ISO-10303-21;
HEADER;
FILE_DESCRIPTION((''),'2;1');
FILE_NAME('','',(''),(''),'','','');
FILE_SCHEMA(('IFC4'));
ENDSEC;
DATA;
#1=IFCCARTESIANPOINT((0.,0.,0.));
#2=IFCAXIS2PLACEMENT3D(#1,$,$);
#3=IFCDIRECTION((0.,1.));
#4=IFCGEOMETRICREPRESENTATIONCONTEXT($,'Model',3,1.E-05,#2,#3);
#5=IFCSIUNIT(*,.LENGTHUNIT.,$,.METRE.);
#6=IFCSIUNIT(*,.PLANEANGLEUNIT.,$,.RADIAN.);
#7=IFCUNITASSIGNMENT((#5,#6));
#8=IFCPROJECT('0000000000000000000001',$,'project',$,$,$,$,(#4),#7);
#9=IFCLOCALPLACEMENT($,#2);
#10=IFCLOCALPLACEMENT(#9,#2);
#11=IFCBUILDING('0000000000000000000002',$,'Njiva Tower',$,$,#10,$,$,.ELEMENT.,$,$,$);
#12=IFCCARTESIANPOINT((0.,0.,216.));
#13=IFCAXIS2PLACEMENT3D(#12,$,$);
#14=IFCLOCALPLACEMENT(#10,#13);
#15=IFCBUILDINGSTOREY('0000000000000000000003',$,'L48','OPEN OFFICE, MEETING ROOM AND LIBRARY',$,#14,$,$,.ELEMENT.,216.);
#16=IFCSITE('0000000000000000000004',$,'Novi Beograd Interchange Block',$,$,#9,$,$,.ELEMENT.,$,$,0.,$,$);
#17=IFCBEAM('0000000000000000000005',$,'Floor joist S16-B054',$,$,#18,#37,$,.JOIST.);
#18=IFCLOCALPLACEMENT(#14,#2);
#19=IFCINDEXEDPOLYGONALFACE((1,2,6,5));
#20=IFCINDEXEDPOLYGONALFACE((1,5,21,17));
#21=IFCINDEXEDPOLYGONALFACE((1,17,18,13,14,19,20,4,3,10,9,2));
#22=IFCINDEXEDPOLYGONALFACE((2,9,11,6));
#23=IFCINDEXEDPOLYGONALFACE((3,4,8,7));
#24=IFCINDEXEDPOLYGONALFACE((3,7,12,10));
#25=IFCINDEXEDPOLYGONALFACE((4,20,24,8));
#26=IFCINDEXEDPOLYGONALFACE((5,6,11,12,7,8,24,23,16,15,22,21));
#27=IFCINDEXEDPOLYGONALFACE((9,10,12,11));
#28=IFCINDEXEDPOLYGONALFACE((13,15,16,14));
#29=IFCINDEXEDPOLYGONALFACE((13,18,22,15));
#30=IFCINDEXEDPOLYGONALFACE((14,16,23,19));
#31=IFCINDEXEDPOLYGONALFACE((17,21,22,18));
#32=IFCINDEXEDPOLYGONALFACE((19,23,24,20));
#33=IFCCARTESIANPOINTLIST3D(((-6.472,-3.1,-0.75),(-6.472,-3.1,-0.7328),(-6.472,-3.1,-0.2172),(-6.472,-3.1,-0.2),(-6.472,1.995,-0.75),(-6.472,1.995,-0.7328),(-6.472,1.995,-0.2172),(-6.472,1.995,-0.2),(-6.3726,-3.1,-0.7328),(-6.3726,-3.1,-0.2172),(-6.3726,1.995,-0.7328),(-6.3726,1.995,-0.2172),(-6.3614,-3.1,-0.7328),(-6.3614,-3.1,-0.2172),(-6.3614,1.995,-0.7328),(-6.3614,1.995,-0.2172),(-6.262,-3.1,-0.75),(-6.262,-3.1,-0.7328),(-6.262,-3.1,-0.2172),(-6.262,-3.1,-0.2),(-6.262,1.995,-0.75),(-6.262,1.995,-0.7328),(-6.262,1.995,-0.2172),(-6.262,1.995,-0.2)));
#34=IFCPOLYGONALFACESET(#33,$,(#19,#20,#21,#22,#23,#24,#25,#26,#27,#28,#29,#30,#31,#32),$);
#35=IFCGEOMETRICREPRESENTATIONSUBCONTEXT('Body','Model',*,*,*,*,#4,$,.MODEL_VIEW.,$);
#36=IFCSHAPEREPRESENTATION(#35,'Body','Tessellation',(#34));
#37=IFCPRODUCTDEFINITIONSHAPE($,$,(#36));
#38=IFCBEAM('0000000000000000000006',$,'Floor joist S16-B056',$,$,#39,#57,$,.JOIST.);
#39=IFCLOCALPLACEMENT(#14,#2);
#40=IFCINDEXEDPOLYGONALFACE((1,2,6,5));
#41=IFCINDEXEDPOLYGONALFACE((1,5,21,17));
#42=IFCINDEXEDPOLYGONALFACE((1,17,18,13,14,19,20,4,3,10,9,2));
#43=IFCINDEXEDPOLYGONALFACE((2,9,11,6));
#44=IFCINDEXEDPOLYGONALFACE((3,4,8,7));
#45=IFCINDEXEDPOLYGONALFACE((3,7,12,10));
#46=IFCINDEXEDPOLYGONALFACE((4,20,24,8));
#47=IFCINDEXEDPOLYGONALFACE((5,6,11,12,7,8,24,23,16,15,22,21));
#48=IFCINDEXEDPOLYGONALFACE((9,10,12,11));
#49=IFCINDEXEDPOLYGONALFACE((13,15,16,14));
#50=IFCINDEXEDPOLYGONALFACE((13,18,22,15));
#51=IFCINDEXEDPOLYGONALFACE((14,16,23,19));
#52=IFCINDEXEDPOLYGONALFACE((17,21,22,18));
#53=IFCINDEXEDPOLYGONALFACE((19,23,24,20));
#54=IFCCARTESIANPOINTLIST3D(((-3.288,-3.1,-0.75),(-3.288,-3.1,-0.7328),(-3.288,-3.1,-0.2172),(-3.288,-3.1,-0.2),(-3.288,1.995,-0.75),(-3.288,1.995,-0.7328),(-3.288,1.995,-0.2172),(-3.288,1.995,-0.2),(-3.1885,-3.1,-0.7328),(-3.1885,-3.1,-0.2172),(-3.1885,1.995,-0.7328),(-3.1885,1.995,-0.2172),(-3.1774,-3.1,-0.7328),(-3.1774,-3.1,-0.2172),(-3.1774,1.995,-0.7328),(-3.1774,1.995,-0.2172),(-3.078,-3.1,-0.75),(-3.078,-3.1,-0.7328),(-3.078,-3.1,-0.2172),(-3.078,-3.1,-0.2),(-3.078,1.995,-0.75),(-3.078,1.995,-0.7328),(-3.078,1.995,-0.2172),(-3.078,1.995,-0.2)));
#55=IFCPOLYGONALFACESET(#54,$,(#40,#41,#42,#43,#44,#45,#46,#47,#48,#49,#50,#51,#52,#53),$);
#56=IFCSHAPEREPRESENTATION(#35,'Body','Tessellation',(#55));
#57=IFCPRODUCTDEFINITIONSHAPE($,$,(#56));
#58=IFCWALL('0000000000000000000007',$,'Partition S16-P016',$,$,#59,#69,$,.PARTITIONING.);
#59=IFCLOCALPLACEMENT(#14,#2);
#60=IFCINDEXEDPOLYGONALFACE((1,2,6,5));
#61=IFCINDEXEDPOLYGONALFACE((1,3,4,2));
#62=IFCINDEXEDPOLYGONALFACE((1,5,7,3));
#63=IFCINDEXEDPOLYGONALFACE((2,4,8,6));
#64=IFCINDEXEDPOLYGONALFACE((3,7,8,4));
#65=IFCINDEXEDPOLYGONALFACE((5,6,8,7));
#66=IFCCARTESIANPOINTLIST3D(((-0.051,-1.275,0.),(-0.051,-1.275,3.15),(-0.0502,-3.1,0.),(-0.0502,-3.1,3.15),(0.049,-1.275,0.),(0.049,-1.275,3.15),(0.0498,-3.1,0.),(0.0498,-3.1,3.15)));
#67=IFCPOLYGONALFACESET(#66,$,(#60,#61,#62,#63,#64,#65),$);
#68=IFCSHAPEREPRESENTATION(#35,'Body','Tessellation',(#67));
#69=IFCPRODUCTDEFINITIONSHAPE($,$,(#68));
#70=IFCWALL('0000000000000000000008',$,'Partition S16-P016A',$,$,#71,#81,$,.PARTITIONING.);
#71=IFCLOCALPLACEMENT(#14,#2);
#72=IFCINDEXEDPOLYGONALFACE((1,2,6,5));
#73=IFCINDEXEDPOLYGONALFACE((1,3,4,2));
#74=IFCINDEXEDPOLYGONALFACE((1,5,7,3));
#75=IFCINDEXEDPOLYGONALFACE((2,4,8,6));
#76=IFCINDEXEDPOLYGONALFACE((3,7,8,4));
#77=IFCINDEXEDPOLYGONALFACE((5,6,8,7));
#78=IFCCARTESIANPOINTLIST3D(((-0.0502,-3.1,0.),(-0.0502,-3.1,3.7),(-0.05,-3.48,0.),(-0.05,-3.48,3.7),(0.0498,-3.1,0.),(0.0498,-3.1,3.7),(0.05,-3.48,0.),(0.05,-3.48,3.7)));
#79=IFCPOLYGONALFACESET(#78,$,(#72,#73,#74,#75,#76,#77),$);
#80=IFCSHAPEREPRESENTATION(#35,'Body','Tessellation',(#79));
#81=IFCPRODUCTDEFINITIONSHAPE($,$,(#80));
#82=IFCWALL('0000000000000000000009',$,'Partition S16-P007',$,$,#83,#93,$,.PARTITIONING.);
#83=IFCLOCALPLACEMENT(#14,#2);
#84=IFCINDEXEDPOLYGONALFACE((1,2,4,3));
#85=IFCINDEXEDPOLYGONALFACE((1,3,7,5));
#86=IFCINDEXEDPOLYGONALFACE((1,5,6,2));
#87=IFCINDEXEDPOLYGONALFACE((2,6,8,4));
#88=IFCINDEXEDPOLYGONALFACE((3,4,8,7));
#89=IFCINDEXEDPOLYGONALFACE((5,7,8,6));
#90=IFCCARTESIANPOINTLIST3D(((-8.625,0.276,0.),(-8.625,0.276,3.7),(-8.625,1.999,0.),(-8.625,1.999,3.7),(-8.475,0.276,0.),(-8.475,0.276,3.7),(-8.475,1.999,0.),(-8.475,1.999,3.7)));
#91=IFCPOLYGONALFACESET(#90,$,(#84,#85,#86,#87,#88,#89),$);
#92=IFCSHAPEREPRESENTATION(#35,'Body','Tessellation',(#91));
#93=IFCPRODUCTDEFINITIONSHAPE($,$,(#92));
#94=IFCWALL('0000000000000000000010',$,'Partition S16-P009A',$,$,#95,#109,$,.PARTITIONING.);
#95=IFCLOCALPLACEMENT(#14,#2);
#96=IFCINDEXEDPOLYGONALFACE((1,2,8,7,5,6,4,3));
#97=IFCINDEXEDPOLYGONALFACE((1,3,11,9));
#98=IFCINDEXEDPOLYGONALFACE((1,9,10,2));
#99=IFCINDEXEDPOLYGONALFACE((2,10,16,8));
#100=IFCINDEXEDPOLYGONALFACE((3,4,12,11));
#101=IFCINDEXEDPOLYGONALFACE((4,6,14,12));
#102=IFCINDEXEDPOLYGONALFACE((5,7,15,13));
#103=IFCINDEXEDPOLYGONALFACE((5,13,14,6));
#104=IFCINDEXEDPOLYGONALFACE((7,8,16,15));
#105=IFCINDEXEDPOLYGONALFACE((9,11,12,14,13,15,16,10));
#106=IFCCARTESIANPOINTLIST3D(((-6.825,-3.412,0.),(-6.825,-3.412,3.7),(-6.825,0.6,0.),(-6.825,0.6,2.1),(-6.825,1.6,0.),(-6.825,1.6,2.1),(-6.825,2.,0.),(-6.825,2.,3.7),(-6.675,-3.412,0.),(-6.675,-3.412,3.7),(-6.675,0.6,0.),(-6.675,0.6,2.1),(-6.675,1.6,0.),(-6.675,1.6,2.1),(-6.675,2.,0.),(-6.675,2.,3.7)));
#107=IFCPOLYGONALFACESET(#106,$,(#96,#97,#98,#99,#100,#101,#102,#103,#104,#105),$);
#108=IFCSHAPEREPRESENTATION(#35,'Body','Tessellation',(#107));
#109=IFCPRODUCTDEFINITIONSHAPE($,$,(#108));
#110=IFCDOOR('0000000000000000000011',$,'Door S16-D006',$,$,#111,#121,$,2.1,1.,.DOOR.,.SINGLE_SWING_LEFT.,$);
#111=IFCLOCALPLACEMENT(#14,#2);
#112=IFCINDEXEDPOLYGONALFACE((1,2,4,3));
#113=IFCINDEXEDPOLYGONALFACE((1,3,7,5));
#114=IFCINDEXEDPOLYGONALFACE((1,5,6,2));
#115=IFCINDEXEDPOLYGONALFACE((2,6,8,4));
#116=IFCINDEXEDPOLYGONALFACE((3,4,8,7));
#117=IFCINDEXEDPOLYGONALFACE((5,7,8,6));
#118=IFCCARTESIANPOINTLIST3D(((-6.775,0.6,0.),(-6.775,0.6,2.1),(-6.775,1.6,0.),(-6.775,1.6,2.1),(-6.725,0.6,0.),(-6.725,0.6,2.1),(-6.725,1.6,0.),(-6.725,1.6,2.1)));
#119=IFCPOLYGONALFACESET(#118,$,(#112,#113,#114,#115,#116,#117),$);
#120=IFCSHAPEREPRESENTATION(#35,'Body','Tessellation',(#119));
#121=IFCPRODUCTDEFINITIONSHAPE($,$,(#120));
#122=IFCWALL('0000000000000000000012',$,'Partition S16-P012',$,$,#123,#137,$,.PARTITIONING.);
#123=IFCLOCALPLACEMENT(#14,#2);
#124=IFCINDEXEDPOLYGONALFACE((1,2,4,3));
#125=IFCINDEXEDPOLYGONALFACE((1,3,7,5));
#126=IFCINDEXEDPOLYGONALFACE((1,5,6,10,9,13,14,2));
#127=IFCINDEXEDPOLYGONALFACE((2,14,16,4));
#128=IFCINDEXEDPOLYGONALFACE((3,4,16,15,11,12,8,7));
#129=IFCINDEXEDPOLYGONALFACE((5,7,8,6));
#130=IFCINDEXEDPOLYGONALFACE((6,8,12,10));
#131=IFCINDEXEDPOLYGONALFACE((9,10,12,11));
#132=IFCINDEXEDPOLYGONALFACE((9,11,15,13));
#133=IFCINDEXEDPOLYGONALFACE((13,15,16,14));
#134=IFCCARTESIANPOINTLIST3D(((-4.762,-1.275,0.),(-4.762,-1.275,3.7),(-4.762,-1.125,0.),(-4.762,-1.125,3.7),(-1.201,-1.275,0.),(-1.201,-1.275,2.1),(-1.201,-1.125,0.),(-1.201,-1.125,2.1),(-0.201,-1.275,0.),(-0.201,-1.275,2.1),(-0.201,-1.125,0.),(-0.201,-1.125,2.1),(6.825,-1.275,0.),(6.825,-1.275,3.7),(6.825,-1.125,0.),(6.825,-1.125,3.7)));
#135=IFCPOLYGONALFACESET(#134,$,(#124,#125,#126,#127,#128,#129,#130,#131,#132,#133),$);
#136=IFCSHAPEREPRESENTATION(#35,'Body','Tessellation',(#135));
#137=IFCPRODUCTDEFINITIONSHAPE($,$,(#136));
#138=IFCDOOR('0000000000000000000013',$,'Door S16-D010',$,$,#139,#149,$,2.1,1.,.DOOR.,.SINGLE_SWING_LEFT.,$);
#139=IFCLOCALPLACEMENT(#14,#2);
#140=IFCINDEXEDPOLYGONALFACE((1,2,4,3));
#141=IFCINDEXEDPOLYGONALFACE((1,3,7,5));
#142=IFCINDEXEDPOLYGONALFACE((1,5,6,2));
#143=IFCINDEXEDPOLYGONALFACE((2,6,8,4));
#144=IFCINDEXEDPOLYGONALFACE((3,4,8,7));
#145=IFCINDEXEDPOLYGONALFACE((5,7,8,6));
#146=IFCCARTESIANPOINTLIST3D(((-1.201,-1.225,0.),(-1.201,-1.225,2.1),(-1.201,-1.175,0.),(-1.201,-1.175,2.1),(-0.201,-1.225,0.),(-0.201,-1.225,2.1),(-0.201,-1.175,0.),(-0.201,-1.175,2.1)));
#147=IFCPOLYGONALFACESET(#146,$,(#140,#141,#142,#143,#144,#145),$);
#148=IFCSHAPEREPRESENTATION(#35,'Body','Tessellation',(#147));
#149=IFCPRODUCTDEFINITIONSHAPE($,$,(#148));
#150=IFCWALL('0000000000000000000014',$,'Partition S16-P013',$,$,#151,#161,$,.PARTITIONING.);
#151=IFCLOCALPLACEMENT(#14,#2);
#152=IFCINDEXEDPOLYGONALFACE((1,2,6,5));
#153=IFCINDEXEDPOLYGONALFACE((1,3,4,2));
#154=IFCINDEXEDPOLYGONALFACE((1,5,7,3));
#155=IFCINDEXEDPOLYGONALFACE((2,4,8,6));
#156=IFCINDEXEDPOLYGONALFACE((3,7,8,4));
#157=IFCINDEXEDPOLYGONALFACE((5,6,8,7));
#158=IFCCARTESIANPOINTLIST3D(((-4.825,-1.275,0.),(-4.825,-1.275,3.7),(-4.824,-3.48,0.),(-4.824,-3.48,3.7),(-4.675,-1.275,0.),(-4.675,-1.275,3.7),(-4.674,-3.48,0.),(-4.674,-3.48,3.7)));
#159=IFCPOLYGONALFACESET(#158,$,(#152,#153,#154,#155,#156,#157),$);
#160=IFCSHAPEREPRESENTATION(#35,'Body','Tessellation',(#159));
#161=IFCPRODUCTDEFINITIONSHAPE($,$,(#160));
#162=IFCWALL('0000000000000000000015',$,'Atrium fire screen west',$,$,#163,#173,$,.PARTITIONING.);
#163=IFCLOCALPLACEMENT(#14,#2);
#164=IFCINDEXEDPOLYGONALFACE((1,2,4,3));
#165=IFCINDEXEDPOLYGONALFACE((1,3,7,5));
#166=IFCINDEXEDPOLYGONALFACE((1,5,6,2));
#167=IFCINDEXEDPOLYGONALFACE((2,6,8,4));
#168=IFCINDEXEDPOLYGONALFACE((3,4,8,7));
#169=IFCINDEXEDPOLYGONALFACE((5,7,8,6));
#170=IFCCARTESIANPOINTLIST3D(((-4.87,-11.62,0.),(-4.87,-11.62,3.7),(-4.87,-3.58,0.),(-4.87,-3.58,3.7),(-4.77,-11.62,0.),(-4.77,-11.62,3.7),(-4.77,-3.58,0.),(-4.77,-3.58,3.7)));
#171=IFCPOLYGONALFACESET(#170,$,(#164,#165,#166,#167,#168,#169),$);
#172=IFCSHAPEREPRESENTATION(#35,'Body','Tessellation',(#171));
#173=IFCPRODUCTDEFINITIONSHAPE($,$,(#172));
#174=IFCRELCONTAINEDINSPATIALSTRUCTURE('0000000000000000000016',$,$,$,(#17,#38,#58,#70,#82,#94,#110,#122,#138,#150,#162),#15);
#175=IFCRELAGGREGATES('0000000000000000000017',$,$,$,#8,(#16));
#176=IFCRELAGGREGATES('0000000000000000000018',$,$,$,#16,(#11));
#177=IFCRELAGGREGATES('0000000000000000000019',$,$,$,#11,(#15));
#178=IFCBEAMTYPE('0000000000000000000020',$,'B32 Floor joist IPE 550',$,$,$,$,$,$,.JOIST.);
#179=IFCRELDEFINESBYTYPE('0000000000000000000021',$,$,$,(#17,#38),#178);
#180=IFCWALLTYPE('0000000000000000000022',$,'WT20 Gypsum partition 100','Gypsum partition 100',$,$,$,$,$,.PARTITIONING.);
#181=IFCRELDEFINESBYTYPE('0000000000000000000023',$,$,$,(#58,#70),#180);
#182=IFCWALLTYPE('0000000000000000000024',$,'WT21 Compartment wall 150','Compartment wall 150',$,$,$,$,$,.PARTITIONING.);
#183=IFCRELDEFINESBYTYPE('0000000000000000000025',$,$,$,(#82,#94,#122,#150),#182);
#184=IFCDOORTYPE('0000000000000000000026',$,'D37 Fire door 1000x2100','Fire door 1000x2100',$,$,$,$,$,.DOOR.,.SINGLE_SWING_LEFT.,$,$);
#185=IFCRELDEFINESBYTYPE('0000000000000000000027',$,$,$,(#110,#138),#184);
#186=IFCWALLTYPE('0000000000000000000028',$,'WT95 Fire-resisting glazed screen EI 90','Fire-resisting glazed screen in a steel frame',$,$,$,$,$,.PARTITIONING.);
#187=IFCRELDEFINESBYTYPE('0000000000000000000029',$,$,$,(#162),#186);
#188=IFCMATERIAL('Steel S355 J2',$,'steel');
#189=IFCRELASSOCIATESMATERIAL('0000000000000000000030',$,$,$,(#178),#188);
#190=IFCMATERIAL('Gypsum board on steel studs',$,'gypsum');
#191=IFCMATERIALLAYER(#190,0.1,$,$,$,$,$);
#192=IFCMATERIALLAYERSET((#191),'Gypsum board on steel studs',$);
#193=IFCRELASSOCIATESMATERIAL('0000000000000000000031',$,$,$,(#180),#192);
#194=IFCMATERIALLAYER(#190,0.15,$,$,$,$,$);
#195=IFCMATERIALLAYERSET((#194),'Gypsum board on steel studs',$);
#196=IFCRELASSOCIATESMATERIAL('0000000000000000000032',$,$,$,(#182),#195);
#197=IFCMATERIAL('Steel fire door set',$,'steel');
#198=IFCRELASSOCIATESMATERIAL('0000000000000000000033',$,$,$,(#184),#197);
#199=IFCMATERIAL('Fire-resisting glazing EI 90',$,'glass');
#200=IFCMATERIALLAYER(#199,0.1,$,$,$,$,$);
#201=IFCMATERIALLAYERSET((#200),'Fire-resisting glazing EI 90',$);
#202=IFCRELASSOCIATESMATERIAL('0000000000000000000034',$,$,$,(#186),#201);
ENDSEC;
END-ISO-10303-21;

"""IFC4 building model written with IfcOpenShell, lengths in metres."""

from ifc_helpers import new_model, si_unit, direction, frame, frame_2d, origin, origin_2d, place, context, subcontext, project, spatial, rectangle, i_section, extrude, material, layer, layer_set, material_profile, profile_set, type_object, element, fill, save


model = new_model("IFC4")

# Units and contexts
model_context = context("Model", 3, precision=1e-05, world=origin(), true_north=direction((0.0, 1.0)))
body_context = subcontext(model_context, "Body", "Model", "MODEL_VIEW")
ifc_project = project(units=[si_unit("LENGTHUNIT", "METRE"), si_unit("PLANEANGLEUNIT", "RADIAN")], contexts=[model_context])

# Site, building, storey
site_placement = place(None, origin())
site = spatial("IfcSite", under=ifc_project, at=site_placement, Name="Novi Beograd Interchange Block", CompositionType="ELEMENT", RefElevation=0.0)
building_placement = place(site_placement, origin())
building = spatial("IfcBuilding", under=site, at=building_placement, Name="Njiva Tower", CompositionType="ELEMENT")
storey_placement = place(building_placement, frame((0.0, 0.0, 216.0)))
storey = spatial("IfcBuildingStorey", under=building, at=storey_placement, Name="L48", Description="OPEN OFFICE, MEETING ROOM AND LIBRARY", CompositionType="ELEMENT", Elevation=216.0)

# Shared definitions
ifc_material_1 = material(Name="Steel S355 J2", Category="steel")

# Beams
ifc_material_profile_1 = material_profile(ifc_material_1, i_section(OverallWidth=0.21, OverallDepth=0.55, WebThickness=0.0111, FlangeThickness=0.0172, at=origin_2d()), Name="IPE 550")
ifc_profile_set_1 = profile_set([ifc_material_profile_1], Name="Steel S355 J2")
beam_type_1 = type_object("IfcBeamType", Name="B32 Floor joist IPE 550", PredefinedType="JOIST", material=ifc_profile_set_1)
for number, where, z_axis, x_axis, name in (
    (1, (-6.367, 1.995, -0.475), (0.0, -1.0, 0.0), (1.0, 0.0, 0.0), "Floor joist S16-B054"),
    (2, (-3.183, 1.995, -0.475), (0.0, -1.0, 0.0), (1.0, 0.0, 0.0), "Floor joist S16-B056"),
):
    element("IfcBeam", number, at=place(storey_placement, frame(where, z_axis=z_axis, x_axis=x_axis)), inside=storey, type_object=beam_type_1, Name=name, PredefinedType="JOIST", context=body_context, shape_type="SweptSolid", body=[
        extrude(i_section(OverallWidth=0.21, OverallDepth=0.55, WebThickness=0.0111, FlangeThickness=0.0172, at=origin_2d()), origin(), (0.0, 0.0, 1.0), 5.095),
    ])

# Walls
ifc_material_2 = material(Name="Gypsum board on steel studs", Category="gypsum")
ifc_layer_1 = layer(ifc_material_2, 0.1)
ifc_layer_set_1 = layer_set([ifc_layer_1], Name="Gypsum board on steel studs")
wall_type_1 = type_object("IfcWallType", Name="WT20 Gypsum partition 100", Description="Gypsum partition 100", PredefinedType="PARTITIONING", material=ifc_layer_set_1)
wall_1_placement = place(storey_placement, frame((-0.001, -1.275, 0.0), z_axis=(0.0, 0.0, 1.0), x_axis=(0.000438, -1.0, 0.0)))
element("IfcWall", 3, at=wall_1_placement, inside=storey, type_object=wall_type_1, Name="Partition S16-P016", PredefinedType="PARTITIONING", context=body_context, shape_type="SweptSolid", body=[
    extrude(rectangle(XDim=1.825, YDim=0.1, at=frame_2d((0.9125, 0.0))), origin(), (0.0, 0.0, 1.0), 3.15),
])
wall_2_placement = place(storey_placement, frame((-0.0002, -3.1, 0.0), z_axis=(0.0, 0.0, 1.0), x_axis=(0.000526, -1.0, 0.0)))
element("IfcWall", 4, at=wall_2_placement, inside=storey, type_object=wall_type_1, Name="Partition S16-P016A", PredefinedType="PARTITIONING", context=body_context, shape_type="SweptSolid", body=[
    extrude(rectangle(XDim=0.38, YDim=0.1, at=frame_2d((0.19, 0.0))), origin(), (0.0, 0.0, 1.0), 3.7),
])
ifc_layer_2 = layer(ifc_material_2, 0.15)
ifc_layer_set_2 = layer_set([ifc_layer_2], Name="Gypsum board on steel studs")
wall_type_2 = type_object("IfcWallType", Name="WT21 Compartment wall 150", Description="Compartment wall 150", PredefinedType="PARTITIONING", material=ifc_layer_set_2)
wall_3_placement = place(storey_placement, frame((-8.55, 0.276, 0.0), z_axis=(0.0, 0.0, 1.0), x_axis=(0.0, 1.0, 0.0)))
element("IfcWall", 5, at=wall_3_placement, inside=storey, type_object=wall_type_2, Name="Partition S16-P007", PredefinedType="PARTITIONING", context=body_context, shape_type="SweptSolid", body=[
    extrude(rectangle(XDim=1.723, YDim=0.15, at=frame_2d((0.8615, 0.0))), origin(), (0.0, 0.0, 1.0), 3.7),
])

# Walls, openings, doors
wall_4_placement = place(storey_placement, frame((-6.75, -3.412, 0.0), z_axis=(0.0, 0.0, 1.0), x_axis=(0.0, 1.0, 0.0)))
wall_4 = element("IfcWall", 6, at=wall_4_placement, inside=storey, type_object=wall_type_2, Name="Partition S16-P009A", PredefinedType="PARTITIONING", context=body_context, shape_type="SweptSolid", body=[
    extrude(rectangle(XDim=5.412, YDim=0.15, at=frame_2d((2.706, 0.0))), origin(), (0.0, 0.0, 1.0), 3.7),
])
opening_1_placement = place(wall_4_placement, frame((4.012, 0.0, 0.0)))
opening_1 = element("IfcOpeningElement", 7, at=opening_1_placement, cuts=wall_4, PredefinedType="OPENING", context=body_context, shape_type="SweptSolid", body=[
    extrude(rectangle(XDim=1.0, YDim=2.1, at=frame_2d((0.5, 1.05))), frame((0.0, 0.085, 0.0), z_axis=(0.0, -1.0, 0.0), x_axis=(1.0, 0.0, 0.0)), (0.0, 0.0, 1.0), 0.17),
])
ifc_material_3 = material(Name="Steel fire door set", Category="steel")
door_type = type_object("IfcDoorType", Name="D37 Fire door 1000x2100", Description="Fire door 1000x2100", OperationType="SINGLE_SWING_LEFT", PredefinedType="DOOR", material=ifc_material_3)
door_1_placement = place(opening_1_placement, origin())
door_1 = element("IfcDoor", 8, at=door_1_placement, inside=storey, type_object=door_type, Name="Door S16-D006", OperationType="SINGLE_SWING_LEFT", OverallHeight=2.1, OverallWidth=1.0, PredefinedType="DOOR", context=body_context, shape_type="SweptSolid", body=[
    extrude(rectangle(XDim=1.0, YDim=2.1, at=frame_2d((0.5, 1.05))), frame((0.0, 0.025, 0.0), z_axis=(0.0, -1.0, 0.0), x_axis=(1.0, 0.0, 0.0)), (0.0, 0.0, 1.0), 0.05),
])
fill(opening_1, door_1)
wall_5_placement = place(storey_placement, frame((-4.762, -1.2, 0.0), z_axis=(0.0, 0.0, 1.0), x_axis=(1.0, 0.0, 0.0)))
wall_5 = element("IfcWall", 9, at=wall_5_placement, inside=storey, type_object=wall_type_2, Name="Partition S16-P012", PredefinedType="PARTITIONING", context=body_context, shape_type="SweptSolid", body=[
    extrude(rectangle(XDim=11.587, YDim=0.15, at=frame_2d((5.7935, 0.0))), origin(), (0.0, 0.0, 1.0), 3.7),
])
opening_2_placement = place(wall_5_placement, frame((3.561, 0.0, 0.0)))
opening_2 = element("IfcOpeningElement", 10, at=opening_2_placement, cuts=wall_5, PredefinedType="OPENING", context=body_context, shape_type="SweptSolid", body=[
    extrude(rectangle(XDim=1.0, YDim=2.1, at=frame_2d((0.5, 1.05))), frame((0.0, 0.085, 0.0), z_axis=(0.0, -1.0, 0.0), x_axis=(1.0, 0.0, 0.0)), (0.0, 0.0, 1.0), 0.17),
])
door_2_placement = place(opening_2_placement, origin())
door_2 = element("IfcDoor", 11, at=door_2_placement, inside=storey, type_object=door_type, Name="Door S16-D010", OperationType="SINGLE_SWING_LEFT", OverallHeight=2.1, OverallWidth=1.0, PredefinedType="DOOR", context=body_context, shape_type="SweptSolid", body=[
    extrude(rectangle(XDim=1.0, YDim=2.1, at=frame_2d((0.5, 1.05))), frame((0.0, 0.025, 0.0), z_axis=(0.0, -1.0, 0.0), x_axis=(1.0, 0.0, 0.0)), (0.0, 0.0, 1.0), 0.05),
])
fill(opening_2, door_2)

# Walls
wall_6_placement = place(storey_placement, frame((-4.75, -1.275, 0.0), z_axis=(0.0, 0.0, 1.0), x_axis=(0.000454, -1.0, 0.0)))
element("IfcWall", 12, at=wall_6_placement, inside=storey, type_object=wall_type_2, Name="Partition S16-P013", PredefinedType="PARTITIONING", context=body_context, shape_type="SweptSolid", body=[
    extrude(rectangle(XDim=2.205, YDim=0.15, at=frame_2d((1.1025, 0.0))), origin(), (0.0, 0.0, 1.0), 3.7),
])
ifc_material_4 = material(Name="Fire-resisting glazing EI 90", Category="glass")
ifc_layer_3 = layer(ifc_material_4, 0.1)
ifc_layer_set_3 = layer_set([ifc_layer_3], Name="Fire-resisting glazing EI 90")
wall_type_3 = type_object("IfcWallType", Name="WT95 Fire-resisting glazed screen EI 90", Description="Fire-resisting glazed screen in a steel frame", PredefinedType="PARTITIONING", material=ifc_layer_set_3)
wall_7_placement = place(storey_placement, frame((-4.82, -3.58, 0.0), z_axis=(0.0, 0.0, 1.0), x_axis=(0.0, -1.0, 0.0)))
element("IfcWall", 13, at=wall_7_placement, inside=storey, type_object=wall_type_3, Name="Atrium fire screen west", PredefinedType="PARTITIONING", context=body_context, shape_type="SweptSolid", body=[
    extrude(rectangle(XDim=8.04, YDim=0.1, at=frame_2d((4.02, 0.0))), origin(), (0.0, 0.0, 1.0), 3.7),
])

save(model, "model.ifc")
